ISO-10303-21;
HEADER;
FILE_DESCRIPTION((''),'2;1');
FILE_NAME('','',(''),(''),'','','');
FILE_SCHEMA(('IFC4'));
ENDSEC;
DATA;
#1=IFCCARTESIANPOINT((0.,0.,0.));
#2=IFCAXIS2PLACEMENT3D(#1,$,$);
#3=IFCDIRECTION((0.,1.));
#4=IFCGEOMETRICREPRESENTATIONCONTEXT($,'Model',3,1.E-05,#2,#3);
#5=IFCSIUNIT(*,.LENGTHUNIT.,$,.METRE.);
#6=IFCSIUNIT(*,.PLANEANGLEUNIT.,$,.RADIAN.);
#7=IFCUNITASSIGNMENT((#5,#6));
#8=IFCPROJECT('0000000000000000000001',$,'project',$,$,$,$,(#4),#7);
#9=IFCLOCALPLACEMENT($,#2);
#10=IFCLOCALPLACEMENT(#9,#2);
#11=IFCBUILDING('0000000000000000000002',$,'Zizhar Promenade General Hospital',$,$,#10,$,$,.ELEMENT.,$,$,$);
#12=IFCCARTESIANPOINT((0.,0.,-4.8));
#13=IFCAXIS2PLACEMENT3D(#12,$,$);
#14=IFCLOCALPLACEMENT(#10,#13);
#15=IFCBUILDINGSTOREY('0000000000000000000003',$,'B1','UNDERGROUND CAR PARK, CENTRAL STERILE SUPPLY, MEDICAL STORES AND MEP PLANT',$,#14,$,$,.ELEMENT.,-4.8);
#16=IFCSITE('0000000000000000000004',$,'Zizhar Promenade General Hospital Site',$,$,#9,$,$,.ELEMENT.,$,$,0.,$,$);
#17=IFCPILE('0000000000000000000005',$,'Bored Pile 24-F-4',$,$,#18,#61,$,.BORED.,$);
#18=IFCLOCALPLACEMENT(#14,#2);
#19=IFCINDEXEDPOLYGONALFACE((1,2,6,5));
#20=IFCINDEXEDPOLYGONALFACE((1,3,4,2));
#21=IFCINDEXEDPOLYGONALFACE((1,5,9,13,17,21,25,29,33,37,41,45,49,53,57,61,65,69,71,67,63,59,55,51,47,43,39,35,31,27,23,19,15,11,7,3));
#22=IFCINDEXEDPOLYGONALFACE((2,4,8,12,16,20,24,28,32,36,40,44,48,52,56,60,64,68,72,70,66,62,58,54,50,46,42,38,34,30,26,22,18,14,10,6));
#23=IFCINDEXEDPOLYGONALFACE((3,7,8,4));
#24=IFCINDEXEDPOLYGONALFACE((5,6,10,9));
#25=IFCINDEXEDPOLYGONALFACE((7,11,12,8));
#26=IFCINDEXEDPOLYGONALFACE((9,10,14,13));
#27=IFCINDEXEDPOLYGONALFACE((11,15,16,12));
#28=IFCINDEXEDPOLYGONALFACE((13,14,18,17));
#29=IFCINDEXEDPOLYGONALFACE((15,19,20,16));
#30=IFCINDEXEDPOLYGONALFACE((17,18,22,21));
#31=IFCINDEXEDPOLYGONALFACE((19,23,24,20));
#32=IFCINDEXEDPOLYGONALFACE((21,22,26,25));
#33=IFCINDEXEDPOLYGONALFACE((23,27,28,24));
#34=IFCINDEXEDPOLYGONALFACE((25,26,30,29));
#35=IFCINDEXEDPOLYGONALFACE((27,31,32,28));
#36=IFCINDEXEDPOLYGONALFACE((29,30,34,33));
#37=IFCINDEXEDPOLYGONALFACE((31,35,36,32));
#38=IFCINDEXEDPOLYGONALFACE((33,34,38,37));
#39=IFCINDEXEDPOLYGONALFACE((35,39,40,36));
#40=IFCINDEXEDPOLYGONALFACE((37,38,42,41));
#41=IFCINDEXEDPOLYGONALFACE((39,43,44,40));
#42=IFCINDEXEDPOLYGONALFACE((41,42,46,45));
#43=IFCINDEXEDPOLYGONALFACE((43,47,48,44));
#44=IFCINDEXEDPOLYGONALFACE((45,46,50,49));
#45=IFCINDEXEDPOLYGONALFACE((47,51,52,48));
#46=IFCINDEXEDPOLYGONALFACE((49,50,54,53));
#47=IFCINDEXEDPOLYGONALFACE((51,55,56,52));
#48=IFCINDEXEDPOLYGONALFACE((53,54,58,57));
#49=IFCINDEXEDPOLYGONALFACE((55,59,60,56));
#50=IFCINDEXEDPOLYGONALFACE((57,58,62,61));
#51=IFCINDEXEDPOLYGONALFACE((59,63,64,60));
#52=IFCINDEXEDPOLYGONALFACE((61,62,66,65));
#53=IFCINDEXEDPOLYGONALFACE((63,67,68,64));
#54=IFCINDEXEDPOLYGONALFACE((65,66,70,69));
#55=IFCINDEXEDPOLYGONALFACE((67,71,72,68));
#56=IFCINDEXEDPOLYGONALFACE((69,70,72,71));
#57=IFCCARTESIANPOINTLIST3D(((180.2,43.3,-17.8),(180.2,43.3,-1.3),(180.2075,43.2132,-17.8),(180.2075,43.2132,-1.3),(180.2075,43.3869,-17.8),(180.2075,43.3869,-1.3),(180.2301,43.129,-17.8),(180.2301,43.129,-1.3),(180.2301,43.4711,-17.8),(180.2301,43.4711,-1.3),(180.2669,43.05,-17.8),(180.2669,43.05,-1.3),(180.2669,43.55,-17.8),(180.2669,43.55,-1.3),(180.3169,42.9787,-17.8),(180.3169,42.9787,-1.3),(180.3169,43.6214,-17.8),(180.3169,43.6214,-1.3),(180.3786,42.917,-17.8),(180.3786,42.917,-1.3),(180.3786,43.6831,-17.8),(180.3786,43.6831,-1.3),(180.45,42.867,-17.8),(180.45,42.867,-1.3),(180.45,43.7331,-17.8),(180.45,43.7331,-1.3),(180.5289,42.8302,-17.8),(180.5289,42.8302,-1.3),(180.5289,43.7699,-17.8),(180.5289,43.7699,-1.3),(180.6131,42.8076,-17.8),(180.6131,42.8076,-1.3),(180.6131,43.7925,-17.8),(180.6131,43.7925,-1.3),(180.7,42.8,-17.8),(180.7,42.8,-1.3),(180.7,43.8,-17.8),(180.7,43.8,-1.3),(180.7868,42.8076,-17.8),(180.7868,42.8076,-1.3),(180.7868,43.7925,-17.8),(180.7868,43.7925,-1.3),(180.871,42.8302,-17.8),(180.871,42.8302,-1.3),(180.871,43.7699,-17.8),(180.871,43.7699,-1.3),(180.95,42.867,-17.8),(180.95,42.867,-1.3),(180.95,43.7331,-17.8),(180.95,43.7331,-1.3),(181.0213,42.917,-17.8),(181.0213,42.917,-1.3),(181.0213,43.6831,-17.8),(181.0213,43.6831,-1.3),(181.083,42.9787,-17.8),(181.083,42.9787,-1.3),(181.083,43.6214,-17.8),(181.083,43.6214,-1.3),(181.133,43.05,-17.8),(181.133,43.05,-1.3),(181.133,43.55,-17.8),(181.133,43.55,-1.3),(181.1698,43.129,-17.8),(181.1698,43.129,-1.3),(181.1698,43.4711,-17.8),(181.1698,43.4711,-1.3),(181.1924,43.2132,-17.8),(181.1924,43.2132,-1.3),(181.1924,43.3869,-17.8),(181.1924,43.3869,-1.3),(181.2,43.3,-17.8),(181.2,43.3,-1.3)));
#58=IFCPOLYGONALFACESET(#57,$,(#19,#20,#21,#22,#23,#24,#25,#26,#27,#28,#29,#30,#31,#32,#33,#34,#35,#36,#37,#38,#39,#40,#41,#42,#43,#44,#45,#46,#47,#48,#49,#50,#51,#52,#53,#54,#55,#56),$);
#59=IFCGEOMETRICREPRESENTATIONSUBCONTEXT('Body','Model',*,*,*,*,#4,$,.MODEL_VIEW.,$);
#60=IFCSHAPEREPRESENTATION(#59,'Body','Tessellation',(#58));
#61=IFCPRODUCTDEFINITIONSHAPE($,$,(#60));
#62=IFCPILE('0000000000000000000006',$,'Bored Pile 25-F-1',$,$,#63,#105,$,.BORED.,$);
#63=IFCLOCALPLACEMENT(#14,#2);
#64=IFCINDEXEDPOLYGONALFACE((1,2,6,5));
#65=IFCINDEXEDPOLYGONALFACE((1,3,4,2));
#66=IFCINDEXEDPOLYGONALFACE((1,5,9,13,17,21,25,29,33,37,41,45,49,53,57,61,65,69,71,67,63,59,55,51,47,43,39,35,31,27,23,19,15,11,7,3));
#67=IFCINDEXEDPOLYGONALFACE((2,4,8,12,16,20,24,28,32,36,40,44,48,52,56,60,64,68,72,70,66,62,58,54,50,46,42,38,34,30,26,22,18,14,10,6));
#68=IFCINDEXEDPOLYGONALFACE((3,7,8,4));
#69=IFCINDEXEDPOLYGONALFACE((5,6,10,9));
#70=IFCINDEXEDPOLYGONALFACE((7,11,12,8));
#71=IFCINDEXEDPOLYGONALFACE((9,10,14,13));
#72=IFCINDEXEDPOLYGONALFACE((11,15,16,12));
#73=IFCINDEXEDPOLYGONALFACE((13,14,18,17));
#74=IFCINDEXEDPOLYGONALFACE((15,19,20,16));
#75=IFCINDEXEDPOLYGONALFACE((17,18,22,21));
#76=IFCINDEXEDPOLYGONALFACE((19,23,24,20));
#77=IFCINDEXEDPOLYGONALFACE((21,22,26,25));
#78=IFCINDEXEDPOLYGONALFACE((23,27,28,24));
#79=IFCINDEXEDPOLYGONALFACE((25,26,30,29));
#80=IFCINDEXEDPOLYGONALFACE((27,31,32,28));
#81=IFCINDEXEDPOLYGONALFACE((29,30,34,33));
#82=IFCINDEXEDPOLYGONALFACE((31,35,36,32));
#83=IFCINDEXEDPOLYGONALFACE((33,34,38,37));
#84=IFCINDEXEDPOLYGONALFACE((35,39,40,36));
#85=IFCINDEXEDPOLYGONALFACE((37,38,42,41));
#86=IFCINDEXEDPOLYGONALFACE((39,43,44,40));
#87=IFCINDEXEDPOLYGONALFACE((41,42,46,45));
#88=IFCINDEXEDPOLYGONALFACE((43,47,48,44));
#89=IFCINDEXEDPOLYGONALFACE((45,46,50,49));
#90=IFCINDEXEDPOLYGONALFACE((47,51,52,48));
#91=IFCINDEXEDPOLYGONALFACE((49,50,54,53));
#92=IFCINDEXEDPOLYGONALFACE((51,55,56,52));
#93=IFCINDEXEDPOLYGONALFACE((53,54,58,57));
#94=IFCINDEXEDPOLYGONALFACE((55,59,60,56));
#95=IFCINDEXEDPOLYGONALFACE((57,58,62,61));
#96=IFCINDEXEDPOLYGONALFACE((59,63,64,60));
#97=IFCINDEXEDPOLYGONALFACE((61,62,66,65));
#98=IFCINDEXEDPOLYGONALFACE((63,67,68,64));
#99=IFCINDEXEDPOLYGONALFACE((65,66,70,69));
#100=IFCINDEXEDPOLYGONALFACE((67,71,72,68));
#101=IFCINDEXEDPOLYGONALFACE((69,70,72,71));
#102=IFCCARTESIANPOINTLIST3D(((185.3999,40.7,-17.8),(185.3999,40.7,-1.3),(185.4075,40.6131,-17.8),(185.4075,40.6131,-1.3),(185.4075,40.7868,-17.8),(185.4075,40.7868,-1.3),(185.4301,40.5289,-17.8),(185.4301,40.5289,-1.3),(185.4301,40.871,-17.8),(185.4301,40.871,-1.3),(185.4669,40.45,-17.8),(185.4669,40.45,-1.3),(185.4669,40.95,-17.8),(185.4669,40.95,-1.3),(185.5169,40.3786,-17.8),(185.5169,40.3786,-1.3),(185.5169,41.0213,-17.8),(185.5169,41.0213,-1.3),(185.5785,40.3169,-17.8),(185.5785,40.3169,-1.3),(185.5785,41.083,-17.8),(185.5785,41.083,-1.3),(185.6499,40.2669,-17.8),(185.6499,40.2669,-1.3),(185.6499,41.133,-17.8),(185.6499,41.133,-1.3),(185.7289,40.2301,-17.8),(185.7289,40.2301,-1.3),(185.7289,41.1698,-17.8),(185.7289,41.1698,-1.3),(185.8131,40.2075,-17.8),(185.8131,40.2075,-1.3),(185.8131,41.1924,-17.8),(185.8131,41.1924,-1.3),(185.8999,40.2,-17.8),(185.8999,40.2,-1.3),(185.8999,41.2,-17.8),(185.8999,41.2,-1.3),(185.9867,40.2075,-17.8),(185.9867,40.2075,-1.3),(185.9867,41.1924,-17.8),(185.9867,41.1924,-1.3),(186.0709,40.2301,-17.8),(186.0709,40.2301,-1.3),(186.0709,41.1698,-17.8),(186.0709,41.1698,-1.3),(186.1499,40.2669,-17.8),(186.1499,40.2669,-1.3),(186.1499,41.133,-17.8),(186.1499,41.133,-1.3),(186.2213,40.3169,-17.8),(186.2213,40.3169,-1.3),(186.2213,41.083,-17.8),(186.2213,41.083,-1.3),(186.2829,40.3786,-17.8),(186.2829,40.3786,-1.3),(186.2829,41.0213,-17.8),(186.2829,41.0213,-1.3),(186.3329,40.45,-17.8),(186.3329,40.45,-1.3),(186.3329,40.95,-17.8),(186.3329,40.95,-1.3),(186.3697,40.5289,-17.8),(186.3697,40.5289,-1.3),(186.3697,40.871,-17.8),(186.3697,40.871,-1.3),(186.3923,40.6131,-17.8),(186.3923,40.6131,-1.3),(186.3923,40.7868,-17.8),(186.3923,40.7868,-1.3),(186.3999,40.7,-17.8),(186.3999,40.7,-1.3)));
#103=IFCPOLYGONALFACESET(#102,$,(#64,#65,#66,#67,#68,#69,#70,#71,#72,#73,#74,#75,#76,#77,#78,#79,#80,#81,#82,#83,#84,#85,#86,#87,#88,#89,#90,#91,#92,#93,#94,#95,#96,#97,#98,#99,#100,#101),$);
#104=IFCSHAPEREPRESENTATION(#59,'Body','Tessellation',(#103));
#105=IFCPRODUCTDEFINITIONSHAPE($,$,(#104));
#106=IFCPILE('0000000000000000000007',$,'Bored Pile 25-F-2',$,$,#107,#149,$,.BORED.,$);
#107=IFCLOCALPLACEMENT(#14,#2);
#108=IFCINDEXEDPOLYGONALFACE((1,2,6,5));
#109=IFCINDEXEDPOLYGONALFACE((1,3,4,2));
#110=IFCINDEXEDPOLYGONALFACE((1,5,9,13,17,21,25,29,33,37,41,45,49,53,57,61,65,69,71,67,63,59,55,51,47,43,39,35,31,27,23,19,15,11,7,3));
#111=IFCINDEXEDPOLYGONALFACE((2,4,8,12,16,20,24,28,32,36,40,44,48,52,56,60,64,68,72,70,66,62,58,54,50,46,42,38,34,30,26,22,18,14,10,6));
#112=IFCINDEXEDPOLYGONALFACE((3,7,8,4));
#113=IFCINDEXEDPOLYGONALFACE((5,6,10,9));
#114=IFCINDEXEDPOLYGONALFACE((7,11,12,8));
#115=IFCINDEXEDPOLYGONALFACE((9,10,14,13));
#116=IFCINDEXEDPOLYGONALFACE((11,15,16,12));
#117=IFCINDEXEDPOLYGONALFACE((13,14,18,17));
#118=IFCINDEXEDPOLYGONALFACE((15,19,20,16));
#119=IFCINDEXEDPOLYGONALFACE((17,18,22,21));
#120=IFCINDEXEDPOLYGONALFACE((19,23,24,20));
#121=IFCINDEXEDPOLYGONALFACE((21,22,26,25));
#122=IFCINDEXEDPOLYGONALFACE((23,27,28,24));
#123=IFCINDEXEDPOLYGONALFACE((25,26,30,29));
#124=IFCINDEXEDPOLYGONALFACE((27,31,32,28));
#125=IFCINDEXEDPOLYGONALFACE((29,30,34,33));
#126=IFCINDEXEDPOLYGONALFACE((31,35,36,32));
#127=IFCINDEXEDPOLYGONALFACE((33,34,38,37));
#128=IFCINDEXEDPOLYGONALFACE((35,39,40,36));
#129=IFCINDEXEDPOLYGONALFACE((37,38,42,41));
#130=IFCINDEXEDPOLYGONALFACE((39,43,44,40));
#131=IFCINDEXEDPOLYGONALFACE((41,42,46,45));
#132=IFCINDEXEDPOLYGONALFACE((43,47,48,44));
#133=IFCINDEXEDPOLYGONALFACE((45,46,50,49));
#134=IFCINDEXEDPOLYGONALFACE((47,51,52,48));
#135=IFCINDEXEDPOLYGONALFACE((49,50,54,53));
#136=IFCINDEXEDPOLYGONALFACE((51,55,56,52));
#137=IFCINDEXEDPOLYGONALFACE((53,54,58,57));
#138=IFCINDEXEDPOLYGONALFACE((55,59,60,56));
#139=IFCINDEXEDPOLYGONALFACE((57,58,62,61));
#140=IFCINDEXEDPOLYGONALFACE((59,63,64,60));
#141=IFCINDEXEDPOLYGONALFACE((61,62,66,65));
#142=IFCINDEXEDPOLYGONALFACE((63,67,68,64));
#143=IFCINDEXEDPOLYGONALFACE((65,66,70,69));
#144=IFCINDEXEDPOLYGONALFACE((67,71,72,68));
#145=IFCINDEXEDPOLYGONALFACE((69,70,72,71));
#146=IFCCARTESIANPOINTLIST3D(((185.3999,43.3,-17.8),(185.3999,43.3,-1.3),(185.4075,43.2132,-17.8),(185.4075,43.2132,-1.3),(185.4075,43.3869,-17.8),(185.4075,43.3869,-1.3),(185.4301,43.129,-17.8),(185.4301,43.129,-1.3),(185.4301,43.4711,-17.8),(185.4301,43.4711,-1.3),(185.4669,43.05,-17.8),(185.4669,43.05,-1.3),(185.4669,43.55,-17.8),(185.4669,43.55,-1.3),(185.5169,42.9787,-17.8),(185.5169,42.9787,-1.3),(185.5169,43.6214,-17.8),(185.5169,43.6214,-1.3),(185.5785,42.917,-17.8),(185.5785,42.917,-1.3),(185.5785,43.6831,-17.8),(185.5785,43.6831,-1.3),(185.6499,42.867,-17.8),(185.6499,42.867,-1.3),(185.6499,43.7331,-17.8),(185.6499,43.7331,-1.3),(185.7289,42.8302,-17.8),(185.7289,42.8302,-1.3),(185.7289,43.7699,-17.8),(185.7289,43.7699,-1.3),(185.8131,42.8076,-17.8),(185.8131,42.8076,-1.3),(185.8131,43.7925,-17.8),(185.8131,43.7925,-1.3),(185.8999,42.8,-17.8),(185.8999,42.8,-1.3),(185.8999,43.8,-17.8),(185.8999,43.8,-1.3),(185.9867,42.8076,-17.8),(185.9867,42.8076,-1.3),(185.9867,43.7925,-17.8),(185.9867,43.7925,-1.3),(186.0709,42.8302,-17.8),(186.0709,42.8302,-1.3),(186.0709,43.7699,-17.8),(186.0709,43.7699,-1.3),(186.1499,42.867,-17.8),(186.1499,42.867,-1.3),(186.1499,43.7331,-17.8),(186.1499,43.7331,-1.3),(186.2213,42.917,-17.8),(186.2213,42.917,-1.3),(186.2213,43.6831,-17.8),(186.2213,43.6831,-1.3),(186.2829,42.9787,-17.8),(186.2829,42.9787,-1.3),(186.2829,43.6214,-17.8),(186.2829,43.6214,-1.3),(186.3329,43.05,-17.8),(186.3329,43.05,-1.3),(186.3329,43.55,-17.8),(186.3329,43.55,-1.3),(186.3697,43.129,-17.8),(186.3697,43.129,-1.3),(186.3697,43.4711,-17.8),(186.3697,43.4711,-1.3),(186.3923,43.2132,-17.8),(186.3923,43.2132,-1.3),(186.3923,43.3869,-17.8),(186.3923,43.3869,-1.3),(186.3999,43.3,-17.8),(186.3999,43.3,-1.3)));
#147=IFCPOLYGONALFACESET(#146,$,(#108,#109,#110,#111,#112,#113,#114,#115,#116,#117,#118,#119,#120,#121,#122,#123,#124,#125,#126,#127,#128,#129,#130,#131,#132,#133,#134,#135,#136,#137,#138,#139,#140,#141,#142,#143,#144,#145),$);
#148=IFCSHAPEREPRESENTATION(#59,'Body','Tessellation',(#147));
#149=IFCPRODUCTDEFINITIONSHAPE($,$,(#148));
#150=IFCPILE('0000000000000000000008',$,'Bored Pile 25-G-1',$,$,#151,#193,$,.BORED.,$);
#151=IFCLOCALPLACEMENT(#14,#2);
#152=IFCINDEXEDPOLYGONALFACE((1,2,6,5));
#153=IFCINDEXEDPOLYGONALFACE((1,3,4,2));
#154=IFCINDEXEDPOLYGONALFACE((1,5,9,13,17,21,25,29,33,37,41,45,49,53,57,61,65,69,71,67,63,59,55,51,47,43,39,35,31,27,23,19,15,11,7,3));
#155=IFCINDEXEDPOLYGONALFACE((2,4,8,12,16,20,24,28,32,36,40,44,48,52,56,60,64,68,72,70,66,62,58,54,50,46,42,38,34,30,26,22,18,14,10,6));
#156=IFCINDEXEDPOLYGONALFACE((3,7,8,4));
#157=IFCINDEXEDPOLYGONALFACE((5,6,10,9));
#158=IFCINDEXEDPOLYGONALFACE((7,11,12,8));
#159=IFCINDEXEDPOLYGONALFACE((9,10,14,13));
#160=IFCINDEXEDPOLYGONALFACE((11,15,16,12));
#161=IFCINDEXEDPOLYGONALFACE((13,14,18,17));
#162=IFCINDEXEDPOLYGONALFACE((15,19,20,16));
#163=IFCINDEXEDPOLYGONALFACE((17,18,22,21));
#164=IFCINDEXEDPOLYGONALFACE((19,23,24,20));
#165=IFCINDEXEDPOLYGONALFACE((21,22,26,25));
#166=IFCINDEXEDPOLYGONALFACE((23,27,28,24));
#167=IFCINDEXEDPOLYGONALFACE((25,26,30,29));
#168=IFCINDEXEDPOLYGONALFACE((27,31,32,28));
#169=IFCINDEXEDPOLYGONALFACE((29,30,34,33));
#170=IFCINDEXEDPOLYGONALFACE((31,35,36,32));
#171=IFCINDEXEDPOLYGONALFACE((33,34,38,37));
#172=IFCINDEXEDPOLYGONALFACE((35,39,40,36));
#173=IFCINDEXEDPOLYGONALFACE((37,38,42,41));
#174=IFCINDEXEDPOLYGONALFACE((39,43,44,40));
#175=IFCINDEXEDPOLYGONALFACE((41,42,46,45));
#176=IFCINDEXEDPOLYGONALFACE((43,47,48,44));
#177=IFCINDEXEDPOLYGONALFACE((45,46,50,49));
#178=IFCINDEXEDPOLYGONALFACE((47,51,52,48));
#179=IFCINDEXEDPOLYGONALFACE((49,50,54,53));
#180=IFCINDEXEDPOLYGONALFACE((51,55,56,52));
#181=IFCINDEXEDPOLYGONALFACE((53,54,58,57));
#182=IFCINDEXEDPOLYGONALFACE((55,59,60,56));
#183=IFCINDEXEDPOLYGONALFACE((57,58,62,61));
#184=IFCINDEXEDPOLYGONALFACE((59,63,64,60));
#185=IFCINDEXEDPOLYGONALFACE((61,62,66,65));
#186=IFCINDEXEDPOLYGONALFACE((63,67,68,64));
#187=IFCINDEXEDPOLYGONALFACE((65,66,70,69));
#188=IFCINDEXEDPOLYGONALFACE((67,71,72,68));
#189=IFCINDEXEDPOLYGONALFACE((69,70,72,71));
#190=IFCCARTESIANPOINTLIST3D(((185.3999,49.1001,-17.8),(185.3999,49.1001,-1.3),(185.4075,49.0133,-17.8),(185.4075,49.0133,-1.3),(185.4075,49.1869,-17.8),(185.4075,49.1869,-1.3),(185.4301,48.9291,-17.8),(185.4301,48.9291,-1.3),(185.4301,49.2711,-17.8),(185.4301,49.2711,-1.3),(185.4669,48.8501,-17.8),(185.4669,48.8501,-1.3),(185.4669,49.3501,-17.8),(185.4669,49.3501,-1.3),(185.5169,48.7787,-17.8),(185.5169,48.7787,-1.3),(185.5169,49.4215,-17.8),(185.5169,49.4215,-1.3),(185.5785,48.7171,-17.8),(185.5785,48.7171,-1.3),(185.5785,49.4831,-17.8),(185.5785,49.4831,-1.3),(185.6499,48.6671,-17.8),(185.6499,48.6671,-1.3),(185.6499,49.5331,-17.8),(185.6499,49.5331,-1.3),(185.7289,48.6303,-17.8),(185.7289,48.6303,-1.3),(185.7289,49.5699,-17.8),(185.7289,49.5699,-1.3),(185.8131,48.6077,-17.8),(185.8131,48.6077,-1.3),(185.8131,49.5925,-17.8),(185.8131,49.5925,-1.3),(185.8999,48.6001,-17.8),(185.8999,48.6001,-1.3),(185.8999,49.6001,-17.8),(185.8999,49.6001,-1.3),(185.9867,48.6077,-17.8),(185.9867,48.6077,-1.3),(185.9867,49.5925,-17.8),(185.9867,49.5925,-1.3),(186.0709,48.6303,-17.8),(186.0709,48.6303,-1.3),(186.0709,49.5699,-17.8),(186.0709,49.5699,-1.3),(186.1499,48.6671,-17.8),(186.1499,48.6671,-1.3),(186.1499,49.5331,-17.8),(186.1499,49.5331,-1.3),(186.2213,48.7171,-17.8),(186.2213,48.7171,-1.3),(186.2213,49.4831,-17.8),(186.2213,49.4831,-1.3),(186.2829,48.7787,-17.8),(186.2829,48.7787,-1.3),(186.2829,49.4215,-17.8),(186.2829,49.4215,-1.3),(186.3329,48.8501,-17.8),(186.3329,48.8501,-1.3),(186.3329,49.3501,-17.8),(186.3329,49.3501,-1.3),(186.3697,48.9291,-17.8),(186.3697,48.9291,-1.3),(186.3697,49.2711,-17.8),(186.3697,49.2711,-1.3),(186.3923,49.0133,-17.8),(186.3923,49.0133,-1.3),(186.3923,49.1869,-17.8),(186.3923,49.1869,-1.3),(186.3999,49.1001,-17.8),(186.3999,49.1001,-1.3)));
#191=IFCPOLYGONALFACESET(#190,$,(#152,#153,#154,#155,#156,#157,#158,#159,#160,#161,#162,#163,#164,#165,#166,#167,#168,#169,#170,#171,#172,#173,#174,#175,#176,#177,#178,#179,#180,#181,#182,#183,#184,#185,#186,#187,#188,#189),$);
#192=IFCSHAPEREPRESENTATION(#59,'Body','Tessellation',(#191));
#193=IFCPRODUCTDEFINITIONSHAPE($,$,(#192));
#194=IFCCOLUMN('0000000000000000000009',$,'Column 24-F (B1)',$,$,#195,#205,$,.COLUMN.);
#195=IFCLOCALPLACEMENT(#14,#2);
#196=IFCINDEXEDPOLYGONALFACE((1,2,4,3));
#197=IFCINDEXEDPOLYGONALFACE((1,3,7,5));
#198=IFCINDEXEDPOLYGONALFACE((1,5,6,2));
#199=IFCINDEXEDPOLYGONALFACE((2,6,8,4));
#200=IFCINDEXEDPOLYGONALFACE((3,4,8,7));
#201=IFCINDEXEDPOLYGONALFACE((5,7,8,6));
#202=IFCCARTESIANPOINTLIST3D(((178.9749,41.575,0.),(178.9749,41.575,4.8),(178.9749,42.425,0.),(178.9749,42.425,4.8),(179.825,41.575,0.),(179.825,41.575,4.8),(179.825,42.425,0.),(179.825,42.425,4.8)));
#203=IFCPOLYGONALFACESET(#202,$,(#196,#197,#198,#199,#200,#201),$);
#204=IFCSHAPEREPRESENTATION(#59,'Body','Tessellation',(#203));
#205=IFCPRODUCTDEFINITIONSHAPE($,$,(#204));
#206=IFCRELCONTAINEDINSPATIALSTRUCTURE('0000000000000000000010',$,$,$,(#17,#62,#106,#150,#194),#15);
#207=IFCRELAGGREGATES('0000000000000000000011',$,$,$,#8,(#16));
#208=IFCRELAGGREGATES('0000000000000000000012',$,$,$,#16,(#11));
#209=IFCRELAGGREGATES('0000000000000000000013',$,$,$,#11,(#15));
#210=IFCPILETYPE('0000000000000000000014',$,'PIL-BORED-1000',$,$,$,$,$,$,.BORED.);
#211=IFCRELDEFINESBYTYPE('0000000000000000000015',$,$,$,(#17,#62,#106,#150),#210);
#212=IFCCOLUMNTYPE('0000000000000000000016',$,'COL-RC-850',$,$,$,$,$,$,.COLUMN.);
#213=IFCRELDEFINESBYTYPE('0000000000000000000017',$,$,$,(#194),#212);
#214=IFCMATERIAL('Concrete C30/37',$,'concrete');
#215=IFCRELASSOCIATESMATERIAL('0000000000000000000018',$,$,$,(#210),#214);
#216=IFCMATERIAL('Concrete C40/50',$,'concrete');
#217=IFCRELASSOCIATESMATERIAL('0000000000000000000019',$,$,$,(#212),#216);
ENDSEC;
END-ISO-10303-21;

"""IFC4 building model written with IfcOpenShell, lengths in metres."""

from ifc_helpers import new_model, si_unit, direction, frame, origin, origin_2d, place, context, subcontext, project, spatial, rectangle, circle, extrude, material, material_profile, profile_set, type_object, element, save


model = new_model("IFC4")

# Units and contexts
model_context = context("Model", 3, precision=1e-05, world=origin(), true_north=direction((0.0, 1.0)))
body_context = subcontext(model_context, "Body", "Model", "MODEL_VIEW")
ifc_project = project(units=[si_unit("LENGTHUNIT", "METRE"), si_unit("PLANEANGLEUNIT", "RADIAN")], contexts=[model_context])

# Site, building, storey
site_placement = place(None, origin())
site = spatial("IfcSite", under=ifc_project, at=site_placement, Name="Zizhar Promenade General Hospital Site", CompositionType="ELEMENT", RefElevation=0.0)
building_placement = place(site_placement, origin())
building = spatial("IfcBuilding", under=site, at=building_placement, Name="Zizhar Promenade General Hospital", CompositionType="ELEMENT")
storey_placement = place(building_placement, frame((0.0, 0.0, -4.8)))
storey = spatial("IfcBuildingStorey", under=building, at=storey_placement, Name="B1", Description="UNDERGROUND CAR PARK, CENTRAL STERILE SUPPLY, MEDICAL STORES AND MEP PLANT", CompositionType="ELEMENT", Elevation=-4.8)

# Piles
ifc_material_1 = material(Name="Concrete C30/37", Category="concrete")
ifc_material_profile_1 = material_profile(ifc_material_1, circle(Radius=0.5, at=origin_2d()))
ifc_profile_set_1 = profile_set([ifc_material_profile_1], Name="Concrete C30/37")
pile_type = type_object("IfcPileType", Name="PIL-BORED-1000", PredefinedType="BORED", material=ifc_profile_set_1)
for number, where, z_axis, x_axis, name in (
    (1, (180.7, 43.3, -1.3), (0.0, 0.0, -1.0), (1.0, 0.0, 0.0), "Bored Pile 24-F-4"),
    (2, (185.8999, 40.7, -1.3), (0.0, 0.0, -1.0), (1.0, 0.0, 0.0), "Bored Pile 25-F-1"),
    (3, (185.8999, 43.3, -1.3), (0.0, 0.0, -1.0), (1.0, 0.0, 0.0), "Bored Pile 25-F-2"),
    (4, (185.8999, 49.1001, -1.3), (0.0, 0.0, -1.0), (1.0, 0.0, 0.0), "Bored Pile 25-G-1"),
):
    element("IfcPile", number, at=place(storey_placement, frame(where, z_axis=z_axis, x_axis=x_axis)), inside=storey, type_object=pile_type, Name=name, PredefinedType="BORED", context=body_context, shape_type="SweptSolid", body=[
        extrude(circle(Radius=0.5, at=origin_2d()), origin(), (0.0, 0.0, 1.0), 16.5),
    ])

# Column
ifc_material_2 = material(Name="Concrete C40/50", Category="concrete")
ifc_material_profile_2 = material_profile(ifc_material_2, rectangle(XDim=0.8501, YDim=0.8501, at=origin_2d()))
ifc_profile_set_2 = profile_set([ifc_material_profile_2], Name="Concrete C40/50")
column_type = type_object("IfcColumnType", Name="COL-RC-850", PredefinedType="COLUMN", material=ifc_profile_set_2)
for number, where, z_axis, x_axis, name in (
    (5, (179.3999, 42.0, 0.0), (0.0, 0.0, 1.0), (1.0, 0.0, 0.0), "Column 24-F (B1)"),
):
    element("IfcColumn", number, at=place(storey_placement, frame(where, z_axis=z_axis, x_axis=x_axis)), inside=storey, type_object=column_type, Name=name, PredefinedType="COLUMN", context=body_context, shape_type="SweptSolid", body=[
        extrude(rectangle(XDim=0.8501, YDim=0.8501, at=origin_2d()), origin(), (0.0, 0.0, 1.0), 4.8),
    ])

save(model, "model.ifc")
